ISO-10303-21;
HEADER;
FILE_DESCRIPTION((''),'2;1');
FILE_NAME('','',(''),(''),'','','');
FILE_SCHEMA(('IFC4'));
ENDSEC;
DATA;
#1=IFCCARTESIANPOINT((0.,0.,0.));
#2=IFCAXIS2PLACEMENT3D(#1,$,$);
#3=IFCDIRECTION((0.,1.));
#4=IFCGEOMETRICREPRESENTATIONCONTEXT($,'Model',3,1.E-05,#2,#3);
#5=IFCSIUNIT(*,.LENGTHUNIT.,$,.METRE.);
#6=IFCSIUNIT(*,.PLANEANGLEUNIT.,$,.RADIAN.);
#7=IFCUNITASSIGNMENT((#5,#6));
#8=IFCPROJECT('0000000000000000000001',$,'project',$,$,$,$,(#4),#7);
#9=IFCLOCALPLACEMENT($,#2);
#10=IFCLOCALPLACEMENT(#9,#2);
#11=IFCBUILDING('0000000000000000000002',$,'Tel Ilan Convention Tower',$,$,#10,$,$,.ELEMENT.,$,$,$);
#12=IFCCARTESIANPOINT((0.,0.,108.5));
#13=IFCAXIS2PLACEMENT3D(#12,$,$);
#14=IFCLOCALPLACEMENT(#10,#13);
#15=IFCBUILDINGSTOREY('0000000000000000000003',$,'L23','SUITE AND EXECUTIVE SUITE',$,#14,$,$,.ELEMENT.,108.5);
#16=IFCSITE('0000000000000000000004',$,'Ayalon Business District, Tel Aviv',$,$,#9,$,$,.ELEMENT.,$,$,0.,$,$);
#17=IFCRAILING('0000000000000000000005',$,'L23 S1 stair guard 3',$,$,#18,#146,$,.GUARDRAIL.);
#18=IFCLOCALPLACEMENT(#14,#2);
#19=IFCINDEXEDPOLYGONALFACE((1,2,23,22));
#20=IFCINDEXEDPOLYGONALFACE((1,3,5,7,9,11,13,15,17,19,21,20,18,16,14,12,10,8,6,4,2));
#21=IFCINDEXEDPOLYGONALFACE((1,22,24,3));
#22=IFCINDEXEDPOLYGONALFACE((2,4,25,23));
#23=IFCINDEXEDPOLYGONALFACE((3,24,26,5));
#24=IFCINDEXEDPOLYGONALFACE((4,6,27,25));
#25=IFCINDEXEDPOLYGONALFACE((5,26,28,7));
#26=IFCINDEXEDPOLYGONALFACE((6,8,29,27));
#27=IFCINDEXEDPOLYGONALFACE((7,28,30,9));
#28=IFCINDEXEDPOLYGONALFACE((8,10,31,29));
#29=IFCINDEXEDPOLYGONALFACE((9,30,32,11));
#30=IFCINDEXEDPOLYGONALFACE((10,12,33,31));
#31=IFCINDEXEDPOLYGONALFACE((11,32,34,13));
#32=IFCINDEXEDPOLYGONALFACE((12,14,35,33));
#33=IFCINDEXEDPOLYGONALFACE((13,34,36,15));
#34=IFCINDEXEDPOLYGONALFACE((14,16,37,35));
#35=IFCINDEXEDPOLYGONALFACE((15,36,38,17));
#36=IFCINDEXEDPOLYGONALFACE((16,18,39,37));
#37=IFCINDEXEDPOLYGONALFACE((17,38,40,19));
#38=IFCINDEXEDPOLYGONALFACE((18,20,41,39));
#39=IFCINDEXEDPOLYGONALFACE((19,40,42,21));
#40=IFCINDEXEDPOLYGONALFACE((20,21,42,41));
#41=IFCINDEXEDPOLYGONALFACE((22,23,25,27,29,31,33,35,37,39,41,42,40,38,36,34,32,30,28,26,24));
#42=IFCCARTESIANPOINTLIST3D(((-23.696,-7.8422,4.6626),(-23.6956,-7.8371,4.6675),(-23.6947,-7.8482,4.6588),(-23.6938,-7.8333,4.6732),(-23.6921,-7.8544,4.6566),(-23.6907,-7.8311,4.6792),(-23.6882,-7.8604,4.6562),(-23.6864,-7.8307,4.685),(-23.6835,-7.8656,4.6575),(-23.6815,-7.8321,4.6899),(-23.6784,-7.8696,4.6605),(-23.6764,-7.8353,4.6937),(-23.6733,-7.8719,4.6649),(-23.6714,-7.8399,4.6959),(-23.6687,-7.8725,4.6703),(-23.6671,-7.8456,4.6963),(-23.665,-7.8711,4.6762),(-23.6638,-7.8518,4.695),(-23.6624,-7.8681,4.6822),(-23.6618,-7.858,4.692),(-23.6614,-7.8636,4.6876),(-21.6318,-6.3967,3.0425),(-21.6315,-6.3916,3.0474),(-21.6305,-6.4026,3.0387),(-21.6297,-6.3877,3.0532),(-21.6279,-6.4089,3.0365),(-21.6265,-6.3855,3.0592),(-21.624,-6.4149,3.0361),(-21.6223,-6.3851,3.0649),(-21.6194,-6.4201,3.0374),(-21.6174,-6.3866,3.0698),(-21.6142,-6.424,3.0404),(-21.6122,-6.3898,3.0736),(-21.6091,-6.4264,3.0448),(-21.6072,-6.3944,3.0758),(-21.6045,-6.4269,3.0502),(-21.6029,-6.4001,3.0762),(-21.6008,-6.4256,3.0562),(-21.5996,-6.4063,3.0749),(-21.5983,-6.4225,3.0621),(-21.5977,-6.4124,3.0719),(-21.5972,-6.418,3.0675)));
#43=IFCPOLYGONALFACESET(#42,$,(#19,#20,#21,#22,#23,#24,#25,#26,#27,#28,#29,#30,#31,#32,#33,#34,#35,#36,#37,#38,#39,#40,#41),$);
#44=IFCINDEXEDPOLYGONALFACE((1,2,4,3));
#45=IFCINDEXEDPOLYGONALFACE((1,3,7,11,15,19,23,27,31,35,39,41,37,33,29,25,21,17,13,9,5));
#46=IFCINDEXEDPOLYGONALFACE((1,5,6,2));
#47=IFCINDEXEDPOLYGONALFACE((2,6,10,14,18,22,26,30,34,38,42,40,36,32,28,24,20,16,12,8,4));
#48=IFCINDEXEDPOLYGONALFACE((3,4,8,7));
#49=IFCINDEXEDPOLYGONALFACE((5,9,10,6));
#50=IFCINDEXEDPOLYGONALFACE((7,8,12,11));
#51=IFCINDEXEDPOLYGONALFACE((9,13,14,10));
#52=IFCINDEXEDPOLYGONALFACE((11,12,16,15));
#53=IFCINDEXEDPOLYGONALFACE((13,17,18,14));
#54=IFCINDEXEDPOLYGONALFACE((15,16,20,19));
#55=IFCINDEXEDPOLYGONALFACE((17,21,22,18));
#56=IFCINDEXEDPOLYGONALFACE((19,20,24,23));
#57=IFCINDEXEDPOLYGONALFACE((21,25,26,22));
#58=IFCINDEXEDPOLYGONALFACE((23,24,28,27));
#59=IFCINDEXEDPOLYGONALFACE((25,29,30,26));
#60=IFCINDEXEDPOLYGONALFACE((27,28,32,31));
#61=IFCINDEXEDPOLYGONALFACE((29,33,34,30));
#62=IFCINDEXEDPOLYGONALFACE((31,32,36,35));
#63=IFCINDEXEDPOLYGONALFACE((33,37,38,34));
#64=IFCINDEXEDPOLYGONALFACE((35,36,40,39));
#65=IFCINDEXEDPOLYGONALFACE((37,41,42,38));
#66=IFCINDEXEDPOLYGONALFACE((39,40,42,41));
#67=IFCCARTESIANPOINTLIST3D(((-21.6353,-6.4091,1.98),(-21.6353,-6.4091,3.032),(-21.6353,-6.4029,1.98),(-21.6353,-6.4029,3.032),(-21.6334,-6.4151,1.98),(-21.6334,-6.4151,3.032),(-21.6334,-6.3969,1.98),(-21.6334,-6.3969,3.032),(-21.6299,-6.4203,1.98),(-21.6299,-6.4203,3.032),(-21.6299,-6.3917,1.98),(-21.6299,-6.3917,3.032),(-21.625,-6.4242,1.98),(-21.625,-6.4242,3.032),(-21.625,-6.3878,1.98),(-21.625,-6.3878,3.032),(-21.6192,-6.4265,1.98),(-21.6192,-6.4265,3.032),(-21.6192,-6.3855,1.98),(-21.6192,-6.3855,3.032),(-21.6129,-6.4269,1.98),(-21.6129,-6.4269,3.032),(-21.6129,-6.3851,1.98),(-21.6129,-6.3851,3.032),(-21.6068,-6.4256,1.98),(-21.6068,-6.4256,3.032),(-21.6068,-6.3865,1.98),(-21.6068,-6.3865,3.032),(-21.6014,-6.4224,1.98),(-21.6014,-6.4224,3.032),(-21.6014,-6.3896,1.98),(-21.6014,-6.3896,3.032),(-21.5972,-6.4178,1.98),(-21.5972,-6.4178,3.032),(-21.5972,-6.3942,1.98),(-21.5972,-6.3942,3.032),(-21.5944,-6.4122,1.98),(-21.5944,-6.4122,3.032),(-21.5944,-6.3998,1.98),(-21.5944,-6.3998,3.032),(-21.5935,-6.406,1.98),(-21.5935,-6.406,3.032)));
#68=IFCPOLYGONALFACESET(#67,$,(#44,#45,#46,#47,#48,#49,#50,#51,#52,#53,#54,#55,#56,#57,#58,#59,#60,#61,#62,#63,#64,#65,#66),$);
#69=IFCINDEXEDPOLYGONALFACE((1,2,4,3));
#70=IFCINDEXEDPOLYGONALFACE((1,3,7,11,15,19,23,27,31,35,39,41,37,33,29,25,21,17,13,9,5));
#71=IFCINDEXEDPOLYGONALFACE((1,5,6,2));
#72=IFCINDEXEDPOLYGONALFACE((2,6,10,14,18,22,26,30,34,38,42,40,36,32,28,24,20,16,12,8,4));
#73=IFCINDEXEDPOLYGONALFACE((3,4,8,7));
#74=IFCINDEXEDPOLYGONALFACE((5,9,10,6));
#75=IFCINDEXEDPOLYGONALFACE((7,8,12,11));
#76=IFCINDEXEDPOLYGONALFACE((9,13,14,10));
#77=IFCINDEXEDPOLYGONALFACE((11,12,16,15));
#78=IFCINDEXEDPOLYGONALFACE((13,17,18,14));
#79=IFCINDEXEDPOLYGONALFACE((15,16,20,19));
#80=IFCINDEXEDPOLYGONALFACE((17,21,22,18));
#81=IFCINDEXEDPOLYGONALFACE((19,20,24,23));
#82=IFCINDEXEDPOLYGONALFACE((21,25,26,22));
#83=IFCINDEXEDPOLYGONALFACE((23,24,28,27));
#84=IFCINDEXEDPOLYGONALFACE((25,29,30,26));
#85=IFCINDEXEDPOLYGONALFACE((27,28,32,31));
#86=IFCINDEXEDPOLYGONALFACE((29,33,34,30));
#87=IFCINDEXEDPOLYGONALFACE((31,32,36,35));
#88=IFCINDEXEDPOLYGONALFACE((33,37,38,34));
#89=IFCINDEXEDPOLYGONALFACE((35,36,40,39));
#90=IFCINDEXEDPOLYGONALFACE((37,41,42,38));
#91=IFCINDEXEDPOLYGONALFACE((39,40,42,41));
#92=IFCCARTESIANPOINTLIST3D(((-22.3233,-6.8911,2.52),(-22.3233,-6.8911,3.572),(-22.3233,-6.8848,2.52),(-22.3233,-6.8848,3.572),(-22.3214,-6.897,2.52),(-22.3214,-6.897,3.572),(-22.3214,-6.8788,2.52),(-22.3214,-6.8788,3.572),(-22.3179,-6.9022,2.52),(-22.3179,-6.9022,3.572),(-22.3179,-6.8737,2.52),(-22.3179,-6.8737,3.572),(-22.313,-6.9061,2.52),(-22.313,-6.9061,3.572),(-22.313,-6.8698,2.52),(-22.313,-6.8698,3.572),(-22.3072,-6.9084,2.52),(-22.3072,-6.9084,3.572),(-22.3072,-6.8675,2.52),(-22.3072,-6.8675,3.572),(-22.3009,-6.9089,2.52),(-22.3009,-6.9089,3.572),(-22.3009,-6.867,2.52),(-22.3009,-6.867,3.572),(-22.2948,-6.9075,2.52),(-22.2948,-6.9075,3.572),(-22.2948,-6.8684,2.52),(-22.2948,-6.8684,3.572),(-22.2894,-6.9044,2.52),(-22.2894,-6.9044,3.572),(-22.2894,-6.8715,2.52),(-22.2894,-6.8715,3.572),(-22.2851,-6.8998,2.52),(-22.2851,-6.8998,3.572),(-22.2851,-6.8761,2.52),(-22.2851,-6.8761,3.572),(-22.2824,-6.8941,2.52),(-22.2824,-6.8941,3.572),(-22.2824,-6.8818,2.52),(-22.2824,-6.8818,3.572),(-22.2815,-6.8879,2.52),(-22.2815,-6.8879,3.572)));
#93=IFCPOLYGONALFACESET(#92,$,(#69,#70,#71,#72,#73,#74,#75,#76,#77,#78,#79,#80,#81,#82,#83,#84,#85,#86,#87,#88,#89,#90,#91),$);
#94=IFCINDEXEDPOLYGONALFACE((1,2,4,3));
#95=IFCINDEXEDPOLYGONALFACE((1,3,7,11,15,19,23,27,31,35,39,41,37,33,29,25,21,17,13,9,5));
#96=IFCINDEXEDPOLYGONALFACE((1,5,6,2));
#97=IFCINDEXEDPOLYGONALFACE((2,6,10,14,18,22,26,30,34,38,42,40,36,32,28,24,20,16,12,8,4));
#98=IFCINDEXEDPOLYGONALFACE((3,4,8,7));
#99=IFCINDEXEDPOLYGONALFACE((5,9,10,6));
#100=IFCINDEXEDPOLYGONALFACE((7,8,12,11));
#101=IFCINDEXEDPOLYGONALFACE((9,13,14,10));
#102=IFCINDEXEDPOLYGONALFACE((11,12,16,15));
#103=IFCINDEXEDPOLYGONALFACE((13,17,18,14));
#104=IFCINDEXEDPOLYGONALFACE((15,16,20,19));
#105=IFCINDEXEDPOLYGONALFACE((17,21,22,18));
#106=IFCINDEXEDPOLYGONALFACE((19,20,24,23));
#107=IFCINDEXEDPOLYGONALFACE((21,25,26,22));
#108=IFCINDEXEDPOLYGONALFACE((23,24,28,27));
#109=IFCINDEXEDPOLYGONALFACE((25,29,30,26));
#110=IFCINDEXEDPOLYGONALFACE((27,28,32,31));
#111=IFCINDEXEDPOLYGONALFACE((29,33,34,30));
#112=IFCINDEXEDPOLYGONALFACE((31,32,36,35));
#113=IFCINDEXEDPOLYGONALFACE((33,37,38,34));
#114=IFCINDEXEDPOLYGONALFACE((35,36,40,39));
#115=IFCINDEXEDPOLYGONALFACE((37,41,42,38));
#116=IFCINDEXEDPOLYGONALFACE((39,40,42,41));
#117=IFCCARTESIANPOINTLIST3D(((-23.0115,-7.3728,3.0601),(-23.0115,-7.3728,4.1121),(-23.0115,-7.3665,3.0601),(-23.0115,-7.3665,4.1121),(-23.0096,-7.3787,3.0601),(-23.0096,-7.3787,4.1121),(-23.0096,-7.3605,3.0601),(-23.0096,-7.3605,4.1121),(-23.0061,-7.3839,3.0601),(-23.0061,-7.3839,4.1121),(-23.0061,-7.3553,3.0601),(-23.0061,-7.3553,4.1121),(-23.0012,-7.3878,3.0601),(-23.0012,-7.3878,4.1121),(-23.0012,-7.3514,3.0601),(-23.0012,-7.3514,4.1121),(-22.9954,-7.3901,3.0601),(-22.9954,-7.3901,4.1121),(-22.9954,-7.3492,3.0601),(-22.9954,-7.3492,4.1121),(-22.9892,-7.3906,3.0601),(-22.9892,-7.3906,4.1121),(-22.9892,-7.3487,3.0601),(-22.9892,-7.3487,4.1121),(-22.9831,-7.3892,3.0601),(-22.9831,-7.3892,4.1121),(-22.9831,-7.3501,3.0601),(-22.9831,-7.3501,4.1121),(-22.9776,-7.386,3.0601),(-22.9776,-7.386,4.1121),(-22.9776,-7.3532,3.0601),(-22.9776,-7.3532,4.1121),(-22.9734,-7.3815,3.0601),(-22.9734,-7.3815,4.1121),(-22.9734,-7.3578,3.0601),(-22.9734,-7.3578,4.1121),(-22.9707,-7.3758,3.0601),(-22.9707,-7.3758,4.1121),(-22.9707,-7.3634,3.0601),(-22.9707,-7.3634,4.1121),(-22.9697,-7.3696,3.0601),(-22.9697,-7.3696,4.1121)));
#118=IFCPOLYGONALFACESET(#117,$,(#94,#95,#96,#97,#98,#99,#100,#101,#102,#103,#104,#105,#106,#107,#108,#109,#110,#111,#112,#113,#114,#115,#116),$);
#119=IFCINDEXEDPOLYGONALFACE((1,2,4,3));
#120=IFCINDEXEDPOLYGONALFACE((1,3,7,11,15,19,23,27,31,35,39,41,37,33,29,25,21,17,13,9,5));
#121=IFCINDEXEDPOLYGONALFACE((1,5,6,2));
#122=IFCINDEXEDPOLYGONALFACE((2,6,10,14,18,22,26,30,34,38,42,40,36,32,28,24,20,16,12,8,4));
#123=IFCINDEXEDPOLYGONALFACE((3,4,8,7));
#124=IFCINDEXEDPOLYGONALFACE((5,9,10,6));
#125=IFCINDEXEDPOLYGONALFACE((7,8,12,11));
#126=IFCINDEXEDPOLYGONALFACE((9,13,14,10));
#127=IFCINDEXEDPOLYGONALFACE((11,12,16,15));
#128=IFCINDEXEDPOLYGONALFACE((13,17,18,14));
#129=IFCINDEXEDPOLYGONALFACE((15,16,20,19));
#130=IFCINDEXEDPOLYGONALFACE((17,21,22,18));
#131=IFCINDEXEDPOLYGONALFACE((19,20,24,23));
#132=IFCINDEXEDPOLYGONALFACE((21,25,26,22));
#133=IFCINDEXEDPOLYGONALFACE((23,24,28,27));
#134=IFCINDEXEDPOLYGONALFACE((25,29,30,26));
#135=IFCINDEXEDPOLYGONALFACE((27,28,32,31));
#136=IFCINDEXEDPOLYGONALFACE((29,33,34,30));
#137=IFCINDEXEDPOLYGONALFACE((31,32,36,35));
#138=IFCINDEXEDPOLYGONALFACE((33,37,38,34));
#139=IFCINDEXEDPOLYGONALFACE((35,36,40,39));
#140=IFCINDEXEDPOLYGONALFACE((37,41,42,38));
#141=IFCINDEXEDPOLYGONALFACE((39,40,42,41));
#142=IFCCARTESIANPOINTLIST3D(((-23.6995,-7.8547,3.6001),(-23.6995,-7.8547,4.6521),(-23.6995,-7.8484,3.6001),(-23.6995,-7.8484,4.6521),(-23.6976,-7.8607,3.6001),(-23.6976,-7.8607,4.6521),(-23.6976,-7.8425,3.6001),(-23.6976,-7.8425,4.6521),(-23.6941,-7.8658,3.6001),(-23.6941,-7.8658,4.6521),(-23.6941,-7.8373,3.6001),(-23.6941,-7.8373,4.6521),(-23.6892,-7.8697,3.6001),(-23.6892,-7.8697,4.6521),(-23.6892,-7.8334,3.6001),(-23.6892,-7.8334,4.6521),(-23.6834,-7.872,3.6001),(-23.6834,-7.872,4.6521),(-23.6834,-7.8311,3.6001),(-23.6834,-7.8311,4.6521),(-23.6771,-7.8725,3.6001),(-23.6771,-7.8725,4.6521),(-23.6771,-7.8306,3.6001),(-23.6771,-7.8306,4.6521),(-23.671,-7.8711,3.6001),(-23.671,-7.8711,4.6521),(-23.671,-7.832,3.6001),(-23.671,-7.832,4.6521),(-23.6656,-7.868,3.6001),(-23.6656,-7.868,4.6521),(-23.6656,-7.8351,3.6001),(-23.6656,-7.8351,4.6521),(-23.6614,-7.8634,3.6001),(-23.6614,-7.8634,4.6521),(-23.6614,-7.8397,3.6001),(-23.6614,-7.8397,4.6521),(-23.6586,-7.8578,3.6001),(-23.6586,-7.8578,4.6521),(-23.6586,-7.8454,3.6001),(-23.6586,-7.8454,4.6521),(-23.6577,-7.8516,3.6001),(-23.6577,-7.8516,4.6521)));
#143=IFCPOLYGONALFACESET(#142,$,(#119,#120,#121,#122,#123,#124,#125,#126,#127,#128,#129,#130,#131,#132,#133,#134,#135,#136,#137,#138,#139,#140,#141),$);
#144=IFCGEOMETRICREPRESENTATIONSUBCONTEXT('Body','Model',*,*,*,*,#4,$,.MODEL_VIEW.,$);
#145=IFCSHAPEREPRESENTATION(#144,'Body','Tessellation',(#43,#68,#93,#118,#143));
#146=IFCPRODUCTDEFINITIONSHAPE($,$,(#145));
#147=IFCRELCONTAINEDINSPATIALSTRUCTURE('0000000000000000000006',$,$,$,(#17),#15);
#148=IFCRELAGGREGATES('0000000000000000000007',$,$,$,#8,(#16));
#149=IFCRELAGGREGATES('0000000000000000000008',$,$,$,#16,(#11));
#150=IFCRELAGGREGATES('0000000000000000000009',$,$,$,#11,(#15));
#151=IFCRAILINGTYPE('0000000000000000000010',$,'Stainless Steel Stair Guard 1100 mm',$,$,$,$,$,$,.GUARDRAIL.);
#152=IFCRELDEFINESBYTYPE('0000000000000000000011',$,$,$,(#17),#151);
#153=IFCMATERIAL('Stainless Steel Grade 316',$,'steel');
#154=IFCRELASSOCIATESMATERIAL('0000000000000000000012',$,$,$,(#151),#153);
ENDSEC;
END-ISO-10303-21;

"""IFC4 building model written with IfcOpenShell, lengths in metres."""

from ifc_helpers import new_model, si_unit, direction, frame, origin, origin_2d, place, context, subcontext, project, spatial, circle, extrude, material, type_object, element, save


model = new_model("IFC4")

# Units and contexts
model_context = context("Model", 3, precision=1e-05, world=origin(), true_north=direction((0.0, 1.0)))
body_context = subcontext(model_context, "Body", "Model", "MODEL_VIEW")
ifc_project = project(units=[si_unit("LENGTHUNIT", "METRE"), si_unit("PLANEANGLEUNIT", "RADIAN")], contexts=[model_context])

# Site, building, storey
site_placement = place(None, origin())
site = spatial("IfcSite", under=ifc_project, at=site_placement, Name="Ayalon Business District, Tel Aviv", CompositionType="ELEMENT", RefElevation=0.0)
building_placement = place(site_placement, origin())
building = spatial("IfcBuilding", under=site, at=building_placement, Name="Tel Ilan Convention Tower", CompositionType="ELEMENT")
storey_placement = place(building_placement, frame((0.0, 0.0, 108.5)))
storey = spatial("IfcBuildingStorey", under=building, at=storey_placement, Name="L23", Description="SUITE AND EXECUTIVE SUITE", CompositionType="ELEMENT", Elevation=108.5)

# Railing
ifc_material_1 = material(Name="Stainless Steel Grade 316", Category="steel")
railing_type_1 = type_object("IfcRailingType", Name="Stainless Steel Stair Guard 1100 mm", PredefinedType="GUARDRAIL", material=ifc_material_1)
railing_1_placement = place(storey_placement, frame((-21.6145, -6.406, 1.98)))
element("IfcRailing", 1, at=railing_1_placement, inside=storey, type_object=railing_type_1, Name="L23 S1 stair guard 3", PredefinedType="GUARDRAIL", context=body_context, shape_type="SweptSolid", body=[
    extrude(circle(Radius=0.0239, at=origin_2d()), frame((0.0, 0.0, 1.0762), z_axis=(-0.689013, -0.482513, 0.540779), x_axis=(0.573625, -0.819118, 0.0)), (0.0, 0.0, 1.0), 2.9958),
    extrude(circle(Radius=0.021, at=origin_2d()), origin(), (0.0, 0.0, 1.0), 1.052),
    extrude(circle(Radius=0.021, at=origin_2d()), frame((-0.688, -0.4819, 0.54)), (0.0, 0.0, 1.0), 1.052),
    extrude(circle(Radius=0.021, at=origin_2d()), frame((-1.3762, -0.9636, 1.0801)), (0.0, 0.0, 1.0), 1.052),
    extrude(circle(Radius=0.021, at=origin_2d()), frame((-2.0642, -1.4456, 1.6201)), (0.0, 0.0, 1.0), 1.052),
])

save(model, "model.ifc")
